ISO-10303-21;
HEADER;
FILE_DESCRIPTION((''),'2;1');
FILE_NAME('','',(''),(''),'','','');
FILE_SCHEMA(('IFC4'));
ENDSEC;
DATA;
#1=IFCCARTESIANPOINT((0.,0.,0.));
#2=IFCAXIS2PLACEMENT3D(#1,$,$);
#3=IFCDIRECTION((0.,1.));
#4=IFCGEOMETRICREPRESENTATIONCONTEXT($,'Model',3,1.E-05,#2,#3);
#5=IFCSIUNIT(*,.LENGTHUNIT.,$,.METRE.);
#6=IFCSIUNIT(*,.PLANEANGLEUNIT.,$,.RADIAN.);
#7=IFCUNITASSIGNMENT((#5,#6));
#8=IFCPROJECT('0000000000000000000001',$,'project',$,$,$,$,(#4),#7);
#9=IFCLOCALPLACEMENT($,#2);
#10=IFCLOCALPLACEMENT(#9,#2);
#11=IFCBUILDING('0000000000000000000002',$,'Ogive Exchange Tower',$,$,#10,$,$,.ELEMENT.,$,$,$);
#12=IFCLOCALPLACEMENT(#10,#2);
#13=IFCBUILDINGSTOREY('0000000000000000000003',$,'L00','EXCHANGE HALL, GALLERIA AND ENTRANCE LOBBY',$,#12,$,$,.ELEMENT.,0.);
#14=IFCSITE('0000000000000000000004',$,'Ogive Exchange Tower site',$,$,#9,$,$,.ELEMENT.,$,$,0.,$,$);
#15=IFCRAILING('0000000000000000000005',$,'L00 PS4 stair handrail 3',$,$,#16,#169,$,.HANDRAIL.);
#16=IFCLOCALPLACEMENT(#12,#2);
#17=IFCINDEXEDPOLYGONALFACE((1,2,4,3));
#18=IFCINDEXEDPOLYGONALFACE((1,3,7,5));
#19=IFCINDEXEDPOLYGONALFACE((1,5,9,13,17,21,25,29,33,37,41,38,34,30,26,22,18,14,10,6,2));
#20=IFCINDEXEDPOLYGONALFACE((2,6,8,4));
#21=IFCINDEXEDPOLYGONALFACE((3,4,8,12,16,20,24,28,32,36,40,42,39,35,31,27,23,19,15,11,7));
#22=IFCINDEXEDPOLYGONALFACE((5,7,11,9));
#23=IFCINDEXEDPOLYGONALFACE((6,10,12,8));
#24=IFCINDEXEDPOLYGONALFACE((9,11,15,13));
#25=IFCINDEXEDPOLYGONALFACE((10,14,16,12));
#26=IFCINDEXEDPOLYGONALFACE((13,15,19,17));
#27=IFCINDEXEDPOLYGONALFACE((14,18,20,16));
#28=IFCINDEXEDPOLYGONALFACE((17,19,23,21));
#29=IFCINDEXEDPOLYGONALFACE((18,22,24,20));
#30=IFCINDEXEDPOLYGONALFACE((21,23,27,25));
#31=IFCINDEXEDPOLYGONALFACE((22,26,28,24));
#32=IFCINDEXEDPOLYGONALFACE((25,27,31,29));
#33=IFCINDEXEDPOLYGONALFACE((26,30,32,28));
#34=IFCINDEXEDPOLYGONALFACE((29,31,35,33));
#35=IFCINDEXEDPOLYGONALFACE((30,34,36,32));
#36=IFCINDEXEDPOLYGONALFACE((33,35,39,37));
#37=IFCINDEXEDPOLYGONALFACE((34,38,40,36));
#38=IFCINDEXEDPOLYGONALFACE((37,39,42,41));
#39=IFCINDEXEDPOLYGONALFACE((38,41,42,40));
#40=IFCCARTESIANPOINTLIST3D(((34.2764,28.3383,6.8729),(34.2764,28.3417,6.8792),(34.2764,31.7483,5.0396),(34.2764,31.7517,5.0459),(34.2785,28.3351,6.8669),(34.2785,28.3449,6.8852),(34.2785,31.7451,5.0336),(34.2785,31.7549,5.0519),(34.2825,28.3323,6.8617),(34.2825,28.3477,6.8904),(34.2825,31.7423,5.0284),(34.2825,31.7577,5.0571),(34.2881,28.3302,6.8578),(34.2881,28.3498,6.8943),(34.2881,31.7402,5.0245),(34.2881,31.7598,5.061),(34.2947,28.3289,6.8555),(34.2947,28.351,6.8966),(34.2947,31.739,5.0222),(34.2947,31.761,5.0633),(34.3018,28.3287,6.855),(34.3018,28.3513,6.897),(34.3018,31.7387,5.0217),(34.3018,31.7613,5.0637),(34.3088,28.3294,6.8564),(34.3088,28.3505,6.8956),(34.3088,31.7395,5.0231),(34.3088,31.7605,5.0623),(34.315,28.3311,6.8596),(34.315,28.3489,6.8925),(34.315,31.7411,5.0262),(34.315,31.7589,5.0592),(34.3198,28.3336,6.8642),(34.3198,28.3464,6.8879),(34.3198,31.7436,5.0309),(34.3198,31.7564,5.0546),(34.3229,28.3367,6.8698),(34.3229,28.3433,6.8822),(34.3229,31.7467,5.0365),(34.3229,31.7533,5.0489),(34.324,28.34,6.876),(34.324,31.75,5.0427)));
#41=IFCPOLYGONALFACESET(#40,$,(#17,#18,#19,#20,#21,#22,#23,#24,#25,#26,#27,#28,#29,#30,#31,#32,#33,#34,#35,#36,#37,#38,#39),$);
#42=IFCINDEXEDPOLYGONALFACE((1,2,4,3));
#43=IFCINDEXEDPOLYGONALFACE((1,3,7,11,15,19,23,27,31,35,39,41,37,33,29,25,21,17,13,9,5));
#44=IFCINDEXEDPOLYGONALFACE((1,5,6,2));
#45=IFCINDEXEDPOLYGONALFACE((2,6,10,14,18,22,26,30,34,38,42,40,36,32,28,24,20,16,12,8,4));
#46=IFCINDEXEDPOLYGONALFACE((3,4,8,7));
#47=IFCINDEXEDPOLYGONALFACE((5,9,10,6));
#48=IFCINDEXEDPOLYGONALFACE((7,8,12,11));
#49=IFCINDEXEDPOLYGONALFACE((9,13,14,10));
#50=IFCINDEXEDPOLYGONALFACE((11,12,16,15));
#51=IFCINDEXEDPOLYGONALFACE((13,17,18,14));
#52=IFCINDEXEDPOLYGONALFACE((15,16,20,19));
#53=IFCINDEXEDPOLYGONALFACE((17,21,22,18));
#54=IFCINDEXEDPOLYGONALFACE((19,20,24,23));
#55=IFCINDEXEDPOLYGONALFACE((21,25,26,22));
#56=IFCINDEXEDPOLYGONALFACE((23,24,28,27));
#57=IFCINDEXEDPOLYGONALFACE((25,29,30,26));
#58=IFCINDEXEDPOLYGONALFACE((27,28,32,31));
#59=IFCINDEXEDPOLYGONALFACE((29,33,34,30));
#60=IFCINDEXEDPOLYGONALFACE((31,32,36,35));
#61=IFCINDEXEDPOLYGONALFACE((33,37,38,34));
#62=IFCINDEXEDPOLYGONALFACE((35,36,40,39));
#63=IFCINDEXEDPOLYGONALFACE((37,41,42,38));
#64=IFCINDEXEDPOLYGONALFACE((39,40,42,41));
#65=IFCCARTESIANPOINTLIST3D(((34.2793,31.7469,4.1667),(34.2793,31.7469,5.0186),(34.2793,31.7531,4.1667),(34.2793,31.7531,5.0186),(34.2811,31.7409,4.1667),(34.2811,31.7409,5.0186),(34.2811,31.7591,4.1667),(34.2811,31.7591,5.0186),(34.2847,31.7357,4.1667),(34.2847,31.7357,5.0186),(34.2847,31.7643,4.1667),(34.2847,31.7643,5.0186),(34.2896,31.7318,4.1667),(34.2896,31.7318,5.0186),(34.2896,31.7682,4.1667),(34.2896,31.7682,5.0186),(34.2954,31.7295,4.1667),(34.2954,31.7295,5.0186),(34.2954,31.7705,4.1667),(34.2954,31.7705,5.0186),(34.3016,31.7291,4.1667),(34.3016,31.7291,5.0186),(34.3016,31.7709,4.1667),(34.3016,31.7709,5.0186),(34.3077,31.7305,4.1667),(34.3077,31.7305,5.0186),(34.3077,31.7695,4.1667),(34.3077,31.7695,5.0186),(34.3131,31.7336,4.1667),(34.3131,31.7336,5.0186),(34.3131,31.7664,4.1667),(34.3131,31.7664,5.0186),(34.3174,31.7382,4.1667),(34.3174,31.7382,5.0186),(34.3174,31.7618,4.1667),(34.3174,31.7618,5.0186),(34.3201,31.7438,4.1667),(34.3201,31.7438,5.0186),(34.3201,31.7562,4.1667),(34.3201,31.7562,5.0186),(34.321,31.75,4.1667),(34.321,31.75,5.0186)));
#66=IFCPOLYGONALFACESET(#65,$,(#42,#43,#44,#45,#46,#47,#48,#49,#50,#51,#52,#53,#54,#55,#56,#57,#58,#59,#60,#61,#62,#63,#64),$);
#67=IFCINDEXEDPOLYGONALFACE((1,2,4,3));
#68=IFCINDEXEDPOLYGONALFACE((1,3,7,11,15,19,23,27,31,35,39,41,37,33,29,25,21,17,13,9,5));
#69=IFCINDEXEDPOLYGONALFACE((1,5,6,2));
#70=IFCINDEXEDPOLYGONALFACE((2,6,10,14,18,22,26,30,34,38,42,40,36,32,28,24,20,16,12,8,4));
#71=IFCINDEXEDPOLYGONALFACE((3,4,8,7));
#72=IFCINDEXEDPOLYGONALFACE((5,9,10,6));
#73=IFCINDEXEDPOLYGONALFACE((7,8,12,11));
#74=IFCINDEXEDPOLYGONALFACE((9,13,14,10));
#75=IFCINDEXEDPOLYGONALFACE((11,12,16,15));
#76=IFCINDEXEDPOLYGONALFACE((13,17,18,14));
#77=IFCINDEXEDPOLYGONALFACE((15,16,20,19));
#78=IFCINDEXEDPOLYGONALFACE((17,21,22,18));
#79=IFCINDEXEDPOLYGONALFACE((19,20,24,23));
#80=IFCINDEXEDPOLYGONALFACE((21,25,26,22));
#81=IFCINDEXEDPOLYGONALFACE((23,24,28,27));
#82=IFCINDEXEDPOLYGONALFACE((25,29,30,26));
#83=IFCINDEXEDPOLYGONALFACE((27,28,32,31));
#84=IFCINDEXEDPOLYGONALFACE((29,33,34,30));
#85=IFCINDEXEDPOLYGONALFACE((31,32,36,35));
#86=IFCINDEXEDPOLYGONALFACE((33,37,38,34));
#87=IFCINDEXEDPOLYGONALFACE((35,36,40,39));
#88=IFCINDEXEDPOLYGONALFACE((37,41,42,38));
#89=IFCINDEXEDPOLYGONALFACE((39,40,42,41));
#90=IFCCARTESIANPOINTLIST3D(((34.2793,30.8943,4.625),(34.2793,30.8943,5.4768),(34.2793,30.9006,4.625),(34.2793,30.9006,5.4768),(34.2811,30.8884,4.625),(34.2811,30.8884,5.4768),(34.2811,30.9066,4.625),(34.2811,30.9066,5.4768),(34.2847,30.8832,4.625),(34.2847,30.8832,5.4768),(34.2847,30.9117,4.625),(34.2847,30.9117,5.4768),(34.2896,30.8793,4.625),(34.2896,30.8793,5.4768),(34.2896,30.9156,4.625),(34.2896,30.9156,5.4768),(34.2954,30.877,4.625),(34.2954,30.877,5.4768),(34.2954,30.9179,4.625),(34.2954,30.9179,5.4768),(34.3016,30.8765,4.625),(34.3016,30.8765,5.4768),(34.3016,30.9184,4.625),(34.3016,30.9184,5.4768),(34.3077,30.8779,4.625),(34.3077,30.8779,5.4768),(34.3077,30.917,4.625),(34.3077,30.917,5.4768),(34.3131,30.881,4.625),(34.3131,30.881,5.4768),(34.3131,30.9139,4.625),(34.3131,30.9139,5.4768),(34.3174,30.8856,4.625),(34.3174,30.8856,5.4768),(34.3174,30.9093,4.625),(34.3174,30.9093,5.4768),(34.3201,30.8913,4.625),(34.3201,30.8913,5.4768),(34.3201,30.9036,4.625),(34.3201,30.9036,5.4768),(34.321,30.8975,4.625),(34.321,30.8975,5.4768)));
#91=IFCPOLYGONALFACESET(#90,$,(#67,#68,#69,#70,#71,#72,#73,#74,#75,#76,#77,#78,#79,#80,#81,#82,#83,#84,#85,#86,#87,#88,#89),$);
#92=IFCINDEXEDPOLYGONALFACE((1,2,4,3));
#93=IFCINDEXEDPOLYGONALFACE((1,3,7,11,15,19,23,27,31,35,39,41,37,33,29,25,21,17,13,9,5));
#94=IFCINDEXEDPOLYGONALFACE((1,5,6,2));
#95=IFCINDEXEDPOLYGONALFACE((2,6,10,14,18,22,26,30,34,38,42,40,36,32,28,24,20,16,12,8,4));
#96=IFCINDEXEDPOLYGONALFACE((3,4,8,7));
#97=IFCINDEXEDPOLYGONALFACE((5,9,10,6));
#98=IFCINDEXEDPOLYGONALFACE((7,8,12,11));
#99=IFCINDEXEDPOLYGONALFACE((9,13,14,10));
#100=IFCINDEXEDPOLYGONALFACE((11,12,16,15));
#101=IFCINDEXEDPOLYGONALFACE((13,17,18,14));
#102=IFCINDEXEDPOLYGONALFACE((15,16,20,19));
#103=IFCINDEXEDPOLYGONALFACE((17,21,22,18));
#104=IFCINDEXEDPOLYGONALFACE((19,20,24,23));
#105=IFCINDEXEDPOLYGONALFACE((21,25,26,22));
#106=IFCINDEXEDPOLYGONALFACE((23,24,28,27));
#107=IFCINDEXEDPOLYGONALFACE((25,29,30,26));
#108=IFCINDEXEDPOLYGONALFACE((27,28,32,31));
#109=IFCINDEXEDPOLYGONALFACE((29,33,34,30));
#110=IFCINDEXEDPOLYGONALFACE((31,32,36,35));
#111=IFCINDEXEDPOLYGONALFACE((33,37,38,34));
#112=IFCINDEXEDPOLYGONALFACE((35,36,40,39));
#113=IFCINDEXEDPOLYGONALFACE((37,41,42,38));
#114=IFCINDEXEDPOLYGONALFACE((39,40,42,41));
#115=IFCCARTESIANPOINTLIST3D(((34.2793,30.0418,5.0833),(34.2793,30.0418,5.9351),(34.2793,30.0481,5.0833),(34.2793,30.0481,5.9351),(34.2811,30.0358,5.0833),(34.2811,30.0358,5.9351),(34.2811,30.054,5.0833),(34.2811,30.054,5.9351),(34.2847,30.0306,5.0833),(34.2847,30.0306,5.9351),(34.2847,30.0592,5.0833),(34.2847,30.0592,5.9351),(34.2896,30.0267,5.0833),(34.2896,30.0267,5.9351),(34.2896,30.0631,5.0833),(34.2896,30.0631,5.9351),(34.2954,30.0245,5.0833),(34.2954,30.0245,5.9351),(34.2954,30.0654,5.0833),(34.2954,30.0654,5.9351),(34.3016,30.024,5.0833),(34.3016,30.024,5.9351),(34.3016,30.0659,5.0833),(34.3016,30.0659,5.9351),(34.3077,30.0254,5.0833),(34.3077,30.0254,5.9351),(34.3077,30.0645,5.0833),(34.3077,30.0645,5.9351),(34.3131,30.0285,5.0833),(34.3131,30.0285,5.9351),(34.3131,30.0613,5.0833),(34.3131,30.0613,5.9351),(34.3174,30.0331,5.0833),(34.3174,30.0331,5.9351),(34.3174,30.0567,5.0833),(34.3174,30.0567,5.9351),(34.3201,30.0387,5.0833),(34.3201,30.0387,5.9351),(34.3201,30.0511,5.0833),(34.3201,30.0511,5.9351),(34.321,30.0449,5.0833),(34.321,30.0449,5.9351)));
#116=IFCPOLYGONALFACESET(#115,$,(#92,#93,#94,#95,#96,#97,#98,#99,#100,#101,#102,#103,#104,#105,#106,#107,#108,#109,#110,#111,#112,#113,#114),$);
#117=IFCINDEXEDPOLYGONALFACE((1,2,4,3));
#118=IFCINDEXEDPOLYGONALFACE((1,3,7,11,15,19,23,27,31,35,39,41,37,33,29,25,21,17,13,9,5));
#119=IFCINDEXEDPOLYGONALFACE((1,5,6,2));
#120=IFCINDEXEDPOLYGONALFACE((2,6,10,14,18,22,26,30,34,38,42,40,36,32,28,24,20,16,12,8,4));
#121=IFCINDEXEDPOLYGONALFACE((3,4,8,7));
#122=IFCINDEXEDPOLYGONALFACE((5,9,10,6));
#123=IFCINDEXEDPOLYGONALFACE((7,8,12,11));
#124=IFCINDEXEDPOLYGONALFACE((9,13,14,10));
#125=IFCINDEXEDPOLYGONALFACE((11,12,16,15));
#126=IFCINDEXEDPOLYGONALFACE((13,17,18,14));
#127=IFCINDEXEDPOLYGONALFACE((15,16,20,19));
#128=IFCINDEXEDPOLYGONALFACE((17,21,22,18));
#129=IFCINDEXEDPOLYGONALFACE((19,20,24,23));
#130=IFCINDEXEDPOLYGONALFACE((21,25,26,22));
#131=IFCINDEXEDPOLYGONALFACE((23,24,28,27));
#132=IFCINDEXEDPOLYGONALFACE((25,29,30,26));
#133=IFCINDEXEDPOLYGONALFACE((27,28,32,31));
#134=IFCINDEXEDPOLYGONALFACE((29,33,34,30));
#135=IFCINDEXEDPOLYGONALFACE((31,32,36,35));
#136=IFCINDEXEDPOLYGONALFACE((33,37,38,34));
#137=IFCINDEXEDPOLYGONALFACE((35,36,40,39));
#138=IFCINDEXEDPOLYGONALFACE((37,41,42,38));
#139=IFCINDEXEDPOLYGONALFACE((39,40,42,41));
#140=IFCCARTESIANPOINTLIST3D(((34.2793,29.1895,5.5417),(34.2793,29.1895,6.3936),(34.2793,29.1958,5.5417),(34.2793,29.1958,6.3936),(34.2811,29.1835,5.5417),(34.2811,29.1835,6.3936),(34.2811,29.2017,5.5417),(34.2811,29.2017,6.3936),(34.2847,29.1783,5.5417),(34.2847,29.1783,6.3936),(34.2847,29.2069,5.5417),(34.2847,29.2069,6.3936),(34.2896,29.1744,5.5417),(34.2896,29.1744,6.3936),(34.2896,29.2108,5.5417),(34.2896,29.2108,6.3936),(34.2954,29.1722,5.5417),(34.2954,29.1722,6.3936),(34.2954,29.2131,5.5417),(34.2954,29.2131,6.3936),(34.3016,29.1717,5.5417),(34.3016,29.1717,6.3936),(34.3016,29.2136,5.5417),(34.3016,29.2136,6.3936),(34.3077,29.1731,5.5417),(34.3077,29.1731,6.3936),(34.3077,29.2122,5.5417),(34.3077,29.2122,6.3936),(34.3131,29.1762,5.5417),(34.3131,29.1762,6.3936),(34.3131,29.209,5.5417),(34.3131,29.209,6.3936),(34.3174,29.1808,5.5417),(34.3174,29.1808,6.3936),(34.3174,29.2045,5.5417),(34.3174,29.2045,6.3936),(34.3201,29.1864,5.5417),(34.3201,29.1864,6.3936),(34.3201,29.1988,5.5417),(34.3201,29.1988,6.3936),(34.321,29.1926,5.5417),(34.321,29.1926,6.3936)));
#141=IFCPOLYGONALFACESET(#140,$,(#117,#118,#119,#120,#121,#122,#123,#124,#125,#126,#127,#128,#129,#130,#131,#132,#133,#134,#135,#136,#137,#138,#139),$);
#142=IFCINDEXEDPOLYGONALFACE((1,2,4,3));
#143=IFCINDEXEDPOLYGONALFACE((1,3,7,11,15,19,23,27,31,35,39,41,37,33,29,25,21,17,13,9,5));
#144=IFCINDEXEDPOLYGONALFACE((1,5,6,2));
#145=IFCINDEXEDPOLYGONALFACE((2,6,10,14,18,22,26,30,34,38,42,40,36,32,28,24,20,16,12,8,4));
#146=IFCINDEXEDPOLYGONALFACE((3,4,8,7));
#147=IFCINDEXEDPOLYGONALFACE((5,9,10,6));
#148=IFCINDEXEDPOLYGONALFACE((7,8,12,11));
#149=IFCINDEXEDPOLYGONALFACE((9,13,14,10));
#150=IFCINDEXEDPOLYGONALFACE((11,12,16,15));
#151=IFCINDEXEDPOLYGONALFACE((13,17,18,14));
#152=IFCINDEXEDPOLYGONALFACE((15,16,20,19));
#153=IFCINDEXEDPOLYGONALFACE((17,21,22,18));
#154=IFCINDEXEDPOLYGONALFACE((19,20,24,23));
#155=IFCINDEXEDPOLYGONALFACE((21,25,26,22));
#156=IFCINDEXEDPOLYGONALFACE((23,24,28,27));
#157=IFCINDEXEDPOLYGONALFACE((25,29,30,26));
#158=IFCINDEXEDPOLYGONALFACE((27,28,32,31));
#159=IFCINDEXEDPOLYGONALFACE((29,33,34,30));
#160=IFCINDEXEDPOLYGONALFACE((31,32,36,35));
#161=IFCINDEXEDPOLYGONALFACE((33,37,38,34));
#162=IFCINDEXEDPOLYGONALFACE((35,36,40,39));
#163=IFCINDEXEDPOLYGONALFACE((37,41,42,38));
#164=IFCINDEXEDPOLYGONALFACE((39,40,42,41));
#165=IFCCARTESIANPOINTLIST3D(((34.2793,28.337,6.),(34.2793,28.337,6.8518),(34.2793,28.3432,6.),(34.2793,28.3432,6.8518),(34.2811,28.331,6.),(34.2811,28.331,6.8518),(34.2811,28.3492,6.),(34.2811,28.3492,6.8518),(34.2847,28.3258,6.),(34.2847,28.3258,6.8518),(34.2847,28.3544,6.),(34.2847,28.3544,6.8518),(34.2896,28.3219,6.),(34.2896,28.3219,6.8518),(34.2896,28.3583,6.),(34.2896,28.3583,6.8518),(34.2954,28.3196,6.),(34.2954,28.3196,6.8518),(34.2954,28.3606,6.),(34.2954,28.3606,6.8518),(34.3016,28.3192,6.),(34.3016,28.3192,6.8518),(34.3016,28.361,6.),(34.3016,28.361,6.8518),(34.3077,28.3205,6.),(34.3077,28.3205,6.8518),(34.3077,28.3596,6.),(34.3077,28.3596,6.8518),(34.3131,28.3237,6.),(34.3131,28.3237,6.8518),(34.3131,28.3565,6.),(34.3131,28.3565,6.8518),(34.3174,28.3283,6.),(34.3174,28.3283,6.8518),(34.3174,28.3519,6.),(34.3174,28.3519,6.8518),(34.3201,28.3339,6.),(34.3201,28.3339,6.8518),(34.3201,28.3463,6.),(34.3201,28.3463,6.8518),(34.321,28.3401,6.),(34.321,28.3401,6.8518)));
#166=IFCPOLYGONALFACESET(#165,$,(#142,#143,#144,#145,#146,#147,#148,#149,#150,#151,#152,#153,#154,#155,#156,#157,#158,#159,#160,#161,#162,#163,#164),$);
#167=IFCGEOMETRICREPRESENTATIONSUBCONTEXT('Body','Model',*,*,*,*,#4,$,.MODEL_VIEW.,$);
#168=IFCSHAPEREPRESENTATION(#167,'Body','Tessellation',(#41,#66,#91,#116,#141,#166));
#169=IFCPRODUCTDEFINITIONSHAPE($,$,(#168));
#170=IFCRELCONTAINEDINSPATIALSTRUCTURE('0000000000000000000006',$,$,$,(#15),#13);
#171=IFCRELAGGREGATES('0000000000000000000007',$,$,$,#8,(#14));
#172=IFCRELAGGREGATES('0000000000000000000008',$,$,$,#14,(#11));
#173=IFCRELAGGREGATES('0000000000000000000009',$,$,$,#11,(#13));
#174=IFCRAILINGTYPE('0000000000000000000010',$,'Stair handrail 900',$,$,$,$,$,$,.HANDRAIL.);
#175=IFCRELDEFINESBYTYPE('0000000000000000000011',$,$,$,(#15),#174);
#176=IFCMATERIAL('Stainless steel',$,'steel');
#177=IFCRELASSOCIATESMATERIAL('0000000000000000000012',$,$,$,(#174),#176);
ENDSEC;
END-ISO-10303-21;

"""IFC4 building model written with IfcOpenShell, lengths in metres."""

from ifc_helpers import new_model, si_unit, direction, frame, origin, origin_2d, place, context, subcontext, project, spatial, circle, extrude, material, type_object, element, save


model = new_model("IFC4")

# Units and contexts
model_context = context("Model", 3, precision=1e-05, world=origin(), true_north=direction((0.0, 1.0)))
body_context = subcontext(model_context, "Body", "Model", "MODEL_VIEW")
ifc_project = project(units=[si_unit("LENGTHUNIT", "METRE"), si_unit("PLANEANGLEUNIT", "RADIAN")], contexts=[model_context])

# Site, building, storey
site_placement = place(None, origin())
site = spatial("IfcSite", under=ifc_project, at=site_placement, Name="Ogive Exchange Tower site", CompositionType="ELEMENT", RefElevation=0.0)
building_placement = place(site_placement, origin())
building = spatial("IfcBuilding", under=site, at=building_placement, Name="Ogive Exchange Tower", CompositionType="ELEMENT")
storey_placement = place(building_placement, origin())
storey = spatial("IfcBuildingStorey", under=building, at=storey_placement, Name="L00", Description="EXCHANGE HALL, GALLERIA AND ENTRANCE LOBBY", CompositionType="ELEMENT", Elevation=0.0)

# Railing
ifc_material_1 = material(Name="Stainless steel", Category="steel")
railing_type = type_object("IfcRailingType", Name="Stair handrail 900", PredefinedType="HANDRAIL", material=ifc_material_1)
railing_1_placement = place(storey_placement, frame((34.3, 31.75, 4.1667)))
element("IfcRailing", 1, at=railing_1_placement, inside=storey, type_object=railing_type, Name="L00 PS4 stair handrail 3", PredefinedType="HANDRAIL", context=body_context, shape_type="SweptSolid", body=[
    extrude(circle(Radius=0.0239, at=origin_2d()), frame((0.0, 0.0, 0.876), z_axis=(0.0, -0.880779, 0.473528), x_axis=(1.0, 0.0, 0.0)), (0.0, 0.0, 1.0), 3.8716),
    extrude(circle(Radius=0.021, at=origin_2d()), origin(), (0.0, 0.0, 1.0), 0.8518),
    extrude(circle(Radius=0.021, at=origin_2d()), frame((0.0, -0.8525, 0.4583)), (0.0, 0.0, 1.0), 0.8518),
    extrude(circle(Radius=0.021, at=origin_2d()), frame((0.0, -1.7051, 0.9165)), (0.0, 0.0, 1.0), 0.8518),
    extrude(circle(Radius=0.021, at=origin_2d()), frame((0.0, -2.5574, 1.375)), (0.0, 0.0, 1.0), 0.8518),
    extrude(circle(Radius=0.021, at=origin_2d()), frame((0.0, -3.4099, 1.8333)), (0.0, 0.0, 1.0), 0.8518),
])

save(model, "model.ifc")
